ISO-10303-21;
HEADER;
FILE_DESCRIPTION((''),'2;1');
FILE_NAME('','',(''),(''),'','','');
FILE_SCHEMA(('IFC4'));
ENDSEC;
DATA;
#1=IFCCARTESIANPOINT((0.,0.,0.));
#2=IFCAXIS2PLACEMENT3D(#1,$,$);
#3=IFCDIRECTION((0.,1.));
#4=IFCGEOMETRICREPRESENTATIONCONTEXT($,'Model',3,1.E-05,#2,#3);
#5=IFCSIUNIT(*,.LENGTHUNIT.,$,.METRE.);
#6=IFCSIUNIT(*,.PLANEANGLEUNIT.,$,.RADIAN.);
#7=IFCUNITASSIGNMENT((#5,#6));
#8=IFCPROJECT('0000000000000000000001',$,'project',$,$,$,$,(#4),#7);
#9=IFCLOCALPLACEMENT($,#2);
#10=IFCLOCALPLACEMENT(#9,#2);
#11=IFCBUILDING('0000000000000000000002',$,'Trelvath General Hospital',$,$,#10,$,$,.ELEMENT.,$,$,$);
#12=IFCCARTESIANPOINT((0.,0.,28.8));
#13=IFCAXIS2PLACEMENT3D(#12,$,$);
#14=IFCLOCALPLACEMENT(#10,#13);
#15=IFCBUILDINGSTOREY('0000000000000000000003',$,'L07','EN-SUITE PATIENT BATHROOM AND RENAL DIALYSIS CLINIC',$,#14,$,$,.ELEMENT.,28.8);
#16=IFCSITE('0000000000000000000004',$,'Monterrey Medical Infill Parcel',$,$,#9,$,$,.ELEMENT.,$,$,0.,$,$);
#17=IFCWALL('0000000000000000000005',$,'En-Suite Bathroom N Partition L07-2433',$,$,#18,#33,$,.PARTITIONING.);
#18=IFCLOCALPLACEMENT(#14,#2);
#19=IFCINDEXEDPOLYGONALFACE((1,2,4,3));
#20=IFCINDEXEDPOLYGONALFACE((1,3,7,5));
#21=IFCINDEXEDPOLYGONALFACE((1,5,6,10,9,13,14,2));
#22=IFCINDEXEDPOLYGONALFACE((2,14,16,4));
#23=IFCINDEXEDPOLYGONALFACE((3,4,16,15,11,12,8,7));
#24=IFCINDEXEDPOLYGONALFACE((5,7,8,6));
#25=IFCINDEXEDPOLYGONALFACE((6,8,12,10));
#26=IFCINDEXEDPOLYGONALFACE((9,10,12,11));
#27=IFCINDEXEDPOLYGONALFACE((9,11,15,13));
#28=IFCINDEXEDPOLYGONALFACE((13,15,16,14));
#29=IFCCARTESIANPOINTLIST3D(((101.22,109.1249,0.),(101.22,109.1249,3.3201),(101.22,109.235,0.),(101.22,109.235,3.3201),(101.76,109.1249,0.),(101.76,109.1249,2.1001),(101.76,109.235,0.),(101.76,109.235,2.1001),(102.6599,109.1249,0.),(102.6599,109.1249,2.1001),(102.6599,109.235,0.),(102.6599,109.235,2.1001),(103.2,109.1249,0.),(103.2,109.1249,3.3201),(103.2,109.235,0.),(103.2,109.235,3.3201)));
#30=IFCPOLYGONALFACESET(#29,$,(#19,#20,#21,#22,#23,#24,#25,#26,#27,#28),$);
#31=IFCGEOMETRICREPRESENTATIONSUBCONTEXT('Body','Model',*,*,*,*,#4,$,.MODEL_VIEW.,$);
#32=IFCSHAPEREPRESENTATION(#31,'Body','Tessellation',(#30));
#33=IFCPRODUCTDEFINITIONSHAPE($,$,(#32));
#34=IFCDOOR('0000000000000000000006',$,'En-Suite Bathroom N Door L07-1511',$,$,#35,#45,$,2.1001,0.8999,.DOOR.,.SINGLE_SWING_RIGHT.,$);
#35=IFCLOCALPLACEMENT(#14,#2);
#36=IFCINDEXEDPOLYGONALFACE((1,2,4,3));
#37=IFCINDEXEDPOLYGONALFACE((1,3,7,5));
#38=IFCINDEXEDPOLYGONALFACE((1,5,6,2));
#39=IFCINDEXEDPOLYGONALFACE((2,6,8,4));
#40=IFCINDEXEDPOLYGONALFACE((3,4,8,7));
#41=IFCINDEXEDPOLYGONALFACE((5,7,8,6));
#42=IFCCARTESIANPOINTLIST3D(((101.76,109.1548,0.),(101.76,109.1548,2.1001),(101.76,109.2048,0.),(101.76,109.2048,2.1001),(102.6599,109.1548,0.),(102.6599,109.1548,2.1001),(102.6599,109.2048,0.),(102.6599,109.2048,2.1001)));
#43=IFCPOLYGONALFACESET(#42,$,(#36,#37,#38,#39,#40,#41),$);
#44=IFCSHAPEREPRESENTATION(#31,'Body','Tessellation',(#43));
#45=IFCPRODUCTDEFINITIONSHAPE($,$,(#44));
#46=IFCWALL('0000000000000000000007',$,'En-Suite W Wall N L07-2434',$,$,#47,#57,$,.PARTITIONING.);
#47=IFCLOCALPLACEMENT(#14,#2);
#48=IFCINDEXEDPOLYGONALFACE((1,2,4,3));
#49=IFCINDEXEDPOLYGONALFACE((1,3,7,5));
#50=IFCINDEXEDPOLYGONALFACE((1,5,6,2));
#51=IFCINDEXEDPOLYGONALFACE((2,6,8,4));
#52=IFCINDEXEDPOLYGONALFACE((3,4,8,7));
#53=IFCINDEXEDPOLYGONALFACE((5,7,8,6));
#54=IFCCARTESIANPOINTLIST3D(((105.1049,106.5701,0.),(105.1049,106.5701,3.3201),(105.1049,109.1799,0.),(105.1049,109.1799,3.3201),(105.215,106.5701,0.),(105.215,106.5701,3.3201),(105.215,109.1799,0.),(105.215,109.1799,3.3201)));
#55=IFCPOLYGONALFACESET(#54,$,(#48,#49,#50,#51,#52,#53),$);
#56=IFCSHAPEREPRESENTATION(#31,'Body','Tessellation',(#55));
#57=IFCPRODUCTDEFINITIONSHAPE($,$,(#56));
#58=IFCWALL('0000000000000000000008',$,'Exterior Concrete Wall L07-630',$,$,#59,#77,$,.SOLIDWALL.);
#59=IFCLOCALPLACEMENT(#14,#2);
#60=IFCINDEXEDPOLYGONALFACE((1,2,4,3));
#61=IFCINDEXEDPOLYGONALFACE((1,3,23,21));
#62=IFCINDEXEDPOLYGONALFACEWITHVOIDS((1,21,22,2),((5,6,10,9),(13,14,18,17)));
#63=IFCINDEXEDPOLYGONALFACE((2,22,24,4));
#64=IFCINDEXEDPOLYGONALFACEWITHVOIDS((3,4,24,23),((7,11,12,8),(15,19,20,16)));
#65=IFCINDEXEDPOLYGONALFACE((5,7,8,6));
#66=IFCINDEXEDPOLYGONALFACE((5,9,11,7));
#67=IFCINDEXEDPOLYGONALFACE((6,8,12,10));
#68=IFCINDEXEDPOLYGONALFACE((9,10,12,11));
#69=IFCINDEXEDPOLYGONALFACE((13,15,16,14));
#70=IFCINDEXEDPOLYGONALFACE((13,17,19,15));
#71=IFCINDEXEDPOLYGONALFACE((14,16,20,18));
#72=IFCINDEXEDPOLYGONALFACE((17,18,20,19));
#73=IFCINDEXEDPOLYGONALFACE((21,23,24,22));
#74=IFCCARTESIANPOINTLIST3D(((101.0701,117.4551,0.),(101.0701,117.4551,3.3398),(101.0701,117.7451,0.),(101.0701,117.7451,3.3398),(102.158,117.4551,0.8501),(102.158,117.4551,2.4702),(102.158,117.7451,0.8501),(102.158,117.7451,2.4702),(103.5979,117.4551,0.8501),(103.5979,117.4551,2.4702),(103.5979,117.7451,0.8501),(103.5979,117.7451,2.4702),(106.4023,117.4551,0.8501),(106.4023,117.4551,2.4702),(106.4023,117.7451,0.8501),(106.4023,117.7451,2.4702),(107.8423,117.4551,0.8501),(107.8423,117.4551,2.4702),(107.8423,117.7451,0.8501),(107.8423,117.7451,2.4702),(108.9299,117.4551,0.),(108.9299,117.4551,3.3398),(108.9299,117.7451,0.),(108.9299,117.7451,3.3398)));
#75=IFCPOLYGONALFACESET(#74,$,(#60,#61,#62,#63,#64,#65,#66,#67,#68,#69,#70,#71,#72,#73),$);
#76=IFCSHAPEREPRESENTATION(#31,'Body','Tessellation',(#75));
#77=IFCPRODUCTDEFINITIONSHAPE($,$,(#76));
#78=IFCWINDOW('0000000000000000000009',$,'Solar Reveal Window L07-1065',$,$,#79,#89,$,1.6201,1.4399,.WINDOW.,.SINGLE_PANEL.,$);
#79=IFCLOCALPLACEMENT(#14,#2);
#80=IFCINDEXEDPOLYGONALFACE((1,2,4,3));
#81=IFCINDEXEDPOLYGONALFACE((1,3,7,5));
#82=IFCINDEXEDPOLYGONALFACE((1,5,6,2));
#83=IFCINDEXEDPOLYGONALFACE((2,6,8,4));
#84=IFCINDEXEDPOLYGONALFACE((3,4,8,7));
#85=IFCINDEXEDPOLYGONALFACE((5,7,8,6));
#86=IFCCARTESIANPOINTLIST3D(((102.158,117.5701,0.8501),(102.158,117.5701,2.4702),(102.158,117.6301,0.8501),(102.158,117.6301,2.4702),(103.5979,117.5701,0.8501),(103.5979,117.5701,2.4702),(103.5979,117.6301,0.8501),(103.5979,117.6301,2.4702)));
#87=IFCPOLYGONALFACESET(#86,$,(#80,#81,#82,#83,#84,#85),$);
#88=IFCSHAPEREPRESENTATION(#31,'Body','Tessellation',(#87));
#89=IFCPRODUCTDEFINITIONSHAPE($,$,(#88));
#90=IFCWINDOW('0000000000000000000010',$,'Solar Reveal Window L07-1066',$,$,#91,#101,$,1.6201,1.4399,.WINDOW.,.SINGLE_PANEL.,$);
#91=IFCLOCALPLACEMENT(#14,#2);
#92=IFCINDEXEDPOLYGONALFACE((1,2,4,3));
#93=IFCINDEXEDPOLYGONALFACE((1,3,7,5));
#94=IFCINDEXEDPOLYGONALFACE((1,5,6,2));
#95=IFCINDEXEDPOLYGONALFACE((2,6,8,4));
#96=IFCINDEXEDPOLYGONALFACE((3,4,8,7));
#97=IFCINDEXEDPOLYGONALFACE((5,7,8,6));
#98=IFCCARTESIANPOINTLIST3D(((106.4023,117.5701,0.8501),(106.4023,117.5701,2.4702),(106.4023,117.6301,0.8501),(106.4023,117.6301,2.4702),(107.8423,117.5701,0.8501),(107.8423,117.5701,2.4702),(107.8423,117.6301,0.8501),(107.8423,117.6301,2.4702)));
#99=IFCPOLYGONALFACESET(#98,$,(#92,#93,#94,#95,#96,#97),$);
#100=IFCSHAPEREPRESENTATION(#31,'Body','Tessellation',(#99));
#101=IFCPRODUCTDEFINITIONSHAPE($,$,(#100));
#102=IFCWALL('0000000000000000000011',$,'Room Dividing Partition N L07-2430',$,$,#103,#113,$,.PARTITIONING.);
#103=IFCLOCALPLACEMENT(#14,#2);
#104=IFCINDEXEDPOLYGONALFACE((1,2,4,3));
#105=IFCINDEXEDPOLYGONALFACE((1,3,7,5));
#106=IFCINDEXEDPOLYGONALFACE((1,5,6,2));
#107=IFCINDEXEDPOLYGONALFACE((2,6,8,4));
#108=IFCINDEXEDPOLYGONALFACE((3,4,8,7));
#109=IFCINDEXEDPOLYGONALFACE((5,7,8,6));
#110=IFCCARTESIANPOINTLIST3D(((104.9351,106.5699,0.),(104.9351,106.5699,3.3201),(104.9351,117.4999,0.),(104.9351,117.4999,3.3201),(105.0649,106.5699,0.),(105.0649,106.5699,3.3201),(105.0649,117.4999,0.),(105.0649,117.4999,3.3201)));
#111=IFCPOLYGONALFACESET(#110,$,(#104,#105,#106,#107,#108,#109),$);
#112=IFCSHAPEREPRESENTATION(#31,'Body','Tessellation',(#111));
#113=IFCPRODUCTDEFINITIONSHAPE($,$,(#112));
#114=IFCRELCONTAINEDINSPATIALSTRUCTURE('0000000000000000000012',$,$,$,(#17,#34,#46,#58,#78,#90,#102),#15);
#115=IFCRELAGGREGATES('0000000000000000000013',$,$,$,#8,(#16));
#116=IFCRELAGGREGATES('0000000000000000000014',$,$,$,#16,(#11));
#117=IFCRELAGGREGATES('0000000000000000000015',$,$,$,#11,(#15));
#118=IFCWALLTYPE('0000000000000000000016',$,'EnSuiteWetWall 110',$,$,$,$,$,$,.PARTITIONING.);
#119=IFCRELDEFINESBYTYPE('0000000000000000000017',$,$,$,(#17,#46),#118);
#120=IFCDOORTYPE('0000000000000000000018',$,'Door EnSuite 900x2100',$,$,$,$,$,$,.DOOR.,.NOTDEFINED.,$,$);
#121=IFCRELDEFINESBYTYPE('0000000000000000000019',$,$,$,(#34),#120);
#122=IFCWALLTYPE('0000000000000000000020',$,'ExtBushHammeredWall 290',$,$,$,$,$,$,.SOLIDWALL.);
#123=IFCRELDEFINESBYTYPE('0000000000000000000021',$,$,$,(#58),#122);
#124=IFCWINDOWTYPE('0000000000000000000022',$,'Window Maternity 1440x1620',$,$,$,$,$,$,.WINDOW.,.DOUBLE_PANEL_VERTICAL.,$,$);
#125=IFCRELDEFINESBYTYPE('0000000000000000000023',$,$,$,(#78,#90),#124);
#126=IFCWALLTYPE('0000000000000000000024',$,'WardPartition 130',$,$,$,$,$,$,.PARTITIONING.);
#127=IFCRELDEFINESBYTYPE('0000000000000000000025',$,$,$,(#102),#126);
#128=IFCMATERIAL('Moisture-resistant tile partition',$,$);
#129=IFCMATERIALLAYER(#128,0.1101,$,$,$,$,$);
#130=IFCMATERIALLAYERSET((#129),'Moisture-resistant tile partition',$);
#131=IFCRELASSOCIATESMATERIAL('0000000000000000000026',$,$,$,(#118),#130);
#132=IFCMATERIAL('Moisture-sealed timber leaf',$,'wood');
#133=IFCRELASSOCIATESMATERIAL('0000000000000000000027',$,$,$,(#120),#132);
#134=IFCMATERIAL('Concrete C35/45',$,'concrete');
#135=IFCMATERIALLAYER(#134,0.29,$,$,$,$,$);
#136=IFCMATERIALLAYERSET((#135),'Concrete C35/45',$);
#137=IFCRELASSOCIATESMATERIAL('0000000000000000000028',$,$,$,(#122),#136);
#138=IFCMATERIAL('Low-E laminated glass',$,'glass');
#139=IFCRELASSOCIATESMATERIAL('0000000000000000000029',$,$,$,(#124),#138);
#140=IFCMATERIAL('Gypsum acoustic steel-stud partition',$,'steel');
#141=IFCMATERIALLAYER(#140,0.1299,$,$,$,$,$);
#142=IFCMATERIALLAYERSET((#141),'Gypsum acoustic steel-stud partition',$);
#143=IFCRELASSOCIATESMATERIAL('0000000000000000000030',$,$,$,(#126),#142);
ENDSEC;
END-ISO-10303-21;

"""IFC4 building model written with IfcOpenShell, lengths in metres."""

from ifc_helpers import new_model, si_unit, direction, frame, frame_2d, origin, place, context, subcontext, project, spatial, rectangle, extrude, material, layer, layer_set, type_object, element, fill, save


model = new_model("IFC4")

# Units and contexts
model_context = context("Model", 3, precision=1e-05, world=origin(), true_north=direction((0.0, 1.0)))
body_context = subcontext(model_context, "Body", "Model", "MODEL_VIEW")
ifc_project = project(units=[si_unit("LENGTHUNIT", "METRE"), si_unit("PLANEANGLEUNIT", "RADIAN")], contexts=[model_context])

# Site, building, storey
site_placement = place(None, origin())
site = spatial("IfcSite", under=ifc_project, at=site_placement, Name="Monterrey Medical Infill Parcel", CompositionType="ELEMENT", RefElevation=0.0)
building_placement = place(site_placement, origin())
building = spatial("IfcBuilding", under=site, at=building_placement, Name="Trelvath General Hospital", CompositionType="ELEMENT")
storey_placement = place(building_placement, frame((0.0, 0.0, 28.8)))
storey = spatial("IfcBuildingStorey", under=building, at=storey_placement, Name="L07", Description="EN-SUITE PATIENT BATHROOM AND RENAL DIALYSIS CLINIC", CompositionType="ELEMENT", Elevation=28.8)

# Shared definitions
ifc_material_1 = material(Name="Moisture-resistant tile partition")
ifc_layer_1 = layer(ifc_material_1, 0.1101)
ifc_layer_set_1 = layer_set([ifc_layer_1], Name="Moisture-resistant tile partition")
wall_type_1 = type_object("IfcWallType", Name="EnSuiteWetWall 110", PredefinedType="PARTITIONING", material=ifc_layer_set_1)
ifc_material_2 = material(Name="Moisture-sealed timber leaf", Category="wood")
door_type = type_object("IfcDoorType", Name="Door EnSuite 900x2100", OperationType="NOTDEFINED", PredefinedType="DOOR", material=ifc_material_2)

# Wall, opening, door
wall_1_placement = place(storey_placement, frame((101.22, 109.1799, 0.0), z_axis=(0.0, 0.0, 1.0), x_axis=(1.0, 0.0, 0.0)))
wall_1 = element("IfcWall", 1, at=wall_1_placement, inside=storey, type_object=wall_type_1, Name="En-Suite Bathroom N Partition L07-2433", PredefinedType="PARTITIONING", context=body_context, shape_type="SweptSolid", body=[
    extrude(rectangle(XDim=1.98, YDim=0.1101, at=frame_2d((0.99, 0.0))), origin(), (0.0, 0.0, 1.0), 3.3201),
])
opening_1_placement = place(wall_1_placement, frame((0.54, 0.0, 0.0)))
opening_1 = element("IfcOpeningElement", 2, at=opening_1_placement, cuts=wall_1, PredefinedType="OPENING", context=body_context, shape_type="SweptSolid", body=[
    extrude(rectangle(XDim=0.8999, YDim=2.1001, at=frame_2d((0.45, 1.05))), frame((0.0, 0.0649, 0.0), z_axis=(0.0, -1.0, 0.0), x_axis=(1.0, 0.0, 0.0)), (0.0, 0.0, 1.0), 0.1301),
])
door_1_placement = place(opening_1_placement, origin())
door_1 = element("IfcDoor", 3, at=door_1_placement, inside=storey, type_object=door_type, Name="En-Suite Bathroom N Door L07-1511", OperationType="SINGLE_SWING_RIGHT", OverallHeight=2.1001, OverallWidth=0.8999, PredefinedType="DOOR", context=body_context, shape_type="SweptSolid", body=[
    extrude(rectangle(XDim=0.8999, YDim=2.1001, at=frame_2d((0.45, 1.05))), frame((0.0, 0.0249, 0.0), z_axis=(0.0, -1.0, 0.0), x_axis=(1.0, 0.0, 0.0)), (0.0, 0.0, 1.0), 0.05),
])
fill(opening_1, door_1)

# Wall
wall_2_placement = place(storey_placement, frame((105.1599, 106.5701, 0.0), z_axis=(0.0, 0.0, 1.0), x_axis=(0.0, 1.0, 0.0)))
element("IfcWall", 4, at=wall_2_placement, inside=storey, type_object=wall_type_1, Name="En-Suite W Wall N L07-2434", PredefinedType="PARTITIONING", context=body_context, shape_type="SweptSolid", body=[
    extrude(rectangle(XDim=2.6099, YDim=0.1101, at=frame_2d((1.3049, 0.0))), origin(), (0.0, 0.0, 1.0), 3.3201),
])

# Wall, openings, windows
ifc_material_3 = material(Name="Concrete C35/45", Category="concrete")
ifc_layer_2 = layer(ifc_material_3, 0.29)
ifc_layer_set_2 = layer_set([ifc_layer_2], Name="Concrete C35/45")
wall_type_2 = type_object("IfcWallType", Name="ExtBushHammeredWall 290", PredefinedType="SOLIDWALL", material=ifc_layer_set_2)
wall_3_placement = place(storey_placement, frame((101.0701, 117.6001, 0.0), z_axis=(0.0, 0.0, 1.0), x_axis=(1.0, 0.0, 0.0)))
wall_3 = element("IfcWall", 5, at=wall_3_placement, inside=storey, type_object=wall_type_2, Name="Exterior Concrete Wall L07-630", PredefinedType="SOLIDWALL", context=body_context, shape_type="SweptSolid", body=[
    extrude(rectangle(XDim=7.8599, YDim=0.29, at=frame_2d((3.9299, 0.0))), origin(), (0.0, 0.0, 1.0), 3.3398),
])
opening_2_placement = place(wall_3_placement, frame((1.0879, 0.0, 0.8501)))
opening_2 = element("IfcOpeningElement", 6, at=opening_2_placement, cuts=wall_3, PredefinedType="OPENING", context=body_context, shape_type="SweptSolid", body=[
    extrude(rectangle(XDim=1.4399, YDim=1.6201, at=frame_2d((0.72, 0.8101))), frame((0.0, 0.155, 0.0), z_axis=(0.0, -1.0, 0.0), x_axis=(1.0, 0.0, 0.0)), (0.0, 0.0, 1.0), 0.3101),
])
opening_3_placement = place(wall_3_placement, frame((5.3323, 0.0, 0.8501)))
opening_3 = element("IfcOpeningElement", 7, at=opening_3_placement, cuts=wall_3, PredefinedType="OPENING", context=body_context, shape_type="SweptSolid", body=[
    extrude(rectangle(XDim=1.4399, YDim=1.6201, at=frame_2d((0.72, 0.8101))), frame((0.0, 0.155, 0.0), z_axis=(0.0, -1.0, 0.0), x_axis=(1.0, 0.0, 0.0)), (0.0, 0.0, 1.0), 0.3101),
])
ifc_material_4 = material(Name="Low-E laminated glass", Category="glass")
window_type = type_object("IfcWindowType", Name="Window Maternity 1440x1620", PartitioningType="DOUBLE_PANEL_VERTICAL", PredefinedType="WINDOW", material=ifc_material_4)
window_1_placement = place(opening_2_placement, origin())
window_1 = element("IfcWindow", 8, at=window_1_placement, inside=storey, type_object=window_type, Name="Solar Reveal Window L07-1065", OverallHeight=1.6201, OverallWidth=1.4399, PartitioningType="SINGLE_PANEL", PredefinedType="WINDOW", context=body_context, shape_type="SweptSolid", body=[
    extrude(rectangle(XDim=1.4399, YDim=1.6201, at=frame_2d((0.72, 0.8101))), frame((0.0, 0.03, 0.0), z_axis=(0.0, -1.0, 0.0), x_axis=(1.0, 0.0, 0.0)), (0.0, 0.0, 1.0), 0.0601),
])
fill(opening_2, window_1)
window_2_placement = place(opening_3_placement, origin())
window_2 = element("IfcWindow", 9, at=window_2_placement, inside=storey, type_object=window_type, Name="Solar Reveal Window L07-1066", OverallHeight=1.6201, OverallWidth=1.4399, PartitioningType="SINGLE_PANEL", PredefinedType="WINDOW", context=body_context, shape_type="SweptSolid", body=[
    extrude(rectangle(XDim=1.4399, YDim=1.6201, at=frame_2d((0.72, 0.8101))), frame((0.0, 0.03, 0.0), z_axis=(0.0, -1.0, 0.0), x_axis=(1.0, 0.0, 0.0)), (0.0, 0.0, 1.0), 0.0601),
])
fill(opening_3, window_2)

# Wall
ifc_material_5 = material(Name="Gypsum acoustic steel-stud partition", Category="steel")
ifc_layer_3 = layer(ifc_material_5, 0.1299)
ifc_layer_set_3 = layer_set([ifc_layer_3], Name="Gypsum acoustic steel-stud partition")
wall_type_3 = type_object("IfcWallType", Name="WardPartition 130", PredefinedType="PARTITIONING", material=ifc_layer_set_3)
wall_4_placement = place(storey_placement, frame((105.0, 106.5701, 0.0), z_axis=(0.0, 0.0, 1.0), x_axis=(0.0, 1.0, 0.0)))
element("IfcWall", 10, at=wall_4_placement, inside=storey, type_object=wall_type_3, Name="Room Dividing Partition N L07-2430", PredefinedType="PARTITIONING", context=body_context, shape_type="SweptSolid", body=[
    extrude(rectangle(XDim=10.9299, YDim=0.1299, at=frame_2d((5.4648, 0.0))), origin(), (0.0, 0.0, 1.0), 3.3201),
])

save(model, "model.ifc")
